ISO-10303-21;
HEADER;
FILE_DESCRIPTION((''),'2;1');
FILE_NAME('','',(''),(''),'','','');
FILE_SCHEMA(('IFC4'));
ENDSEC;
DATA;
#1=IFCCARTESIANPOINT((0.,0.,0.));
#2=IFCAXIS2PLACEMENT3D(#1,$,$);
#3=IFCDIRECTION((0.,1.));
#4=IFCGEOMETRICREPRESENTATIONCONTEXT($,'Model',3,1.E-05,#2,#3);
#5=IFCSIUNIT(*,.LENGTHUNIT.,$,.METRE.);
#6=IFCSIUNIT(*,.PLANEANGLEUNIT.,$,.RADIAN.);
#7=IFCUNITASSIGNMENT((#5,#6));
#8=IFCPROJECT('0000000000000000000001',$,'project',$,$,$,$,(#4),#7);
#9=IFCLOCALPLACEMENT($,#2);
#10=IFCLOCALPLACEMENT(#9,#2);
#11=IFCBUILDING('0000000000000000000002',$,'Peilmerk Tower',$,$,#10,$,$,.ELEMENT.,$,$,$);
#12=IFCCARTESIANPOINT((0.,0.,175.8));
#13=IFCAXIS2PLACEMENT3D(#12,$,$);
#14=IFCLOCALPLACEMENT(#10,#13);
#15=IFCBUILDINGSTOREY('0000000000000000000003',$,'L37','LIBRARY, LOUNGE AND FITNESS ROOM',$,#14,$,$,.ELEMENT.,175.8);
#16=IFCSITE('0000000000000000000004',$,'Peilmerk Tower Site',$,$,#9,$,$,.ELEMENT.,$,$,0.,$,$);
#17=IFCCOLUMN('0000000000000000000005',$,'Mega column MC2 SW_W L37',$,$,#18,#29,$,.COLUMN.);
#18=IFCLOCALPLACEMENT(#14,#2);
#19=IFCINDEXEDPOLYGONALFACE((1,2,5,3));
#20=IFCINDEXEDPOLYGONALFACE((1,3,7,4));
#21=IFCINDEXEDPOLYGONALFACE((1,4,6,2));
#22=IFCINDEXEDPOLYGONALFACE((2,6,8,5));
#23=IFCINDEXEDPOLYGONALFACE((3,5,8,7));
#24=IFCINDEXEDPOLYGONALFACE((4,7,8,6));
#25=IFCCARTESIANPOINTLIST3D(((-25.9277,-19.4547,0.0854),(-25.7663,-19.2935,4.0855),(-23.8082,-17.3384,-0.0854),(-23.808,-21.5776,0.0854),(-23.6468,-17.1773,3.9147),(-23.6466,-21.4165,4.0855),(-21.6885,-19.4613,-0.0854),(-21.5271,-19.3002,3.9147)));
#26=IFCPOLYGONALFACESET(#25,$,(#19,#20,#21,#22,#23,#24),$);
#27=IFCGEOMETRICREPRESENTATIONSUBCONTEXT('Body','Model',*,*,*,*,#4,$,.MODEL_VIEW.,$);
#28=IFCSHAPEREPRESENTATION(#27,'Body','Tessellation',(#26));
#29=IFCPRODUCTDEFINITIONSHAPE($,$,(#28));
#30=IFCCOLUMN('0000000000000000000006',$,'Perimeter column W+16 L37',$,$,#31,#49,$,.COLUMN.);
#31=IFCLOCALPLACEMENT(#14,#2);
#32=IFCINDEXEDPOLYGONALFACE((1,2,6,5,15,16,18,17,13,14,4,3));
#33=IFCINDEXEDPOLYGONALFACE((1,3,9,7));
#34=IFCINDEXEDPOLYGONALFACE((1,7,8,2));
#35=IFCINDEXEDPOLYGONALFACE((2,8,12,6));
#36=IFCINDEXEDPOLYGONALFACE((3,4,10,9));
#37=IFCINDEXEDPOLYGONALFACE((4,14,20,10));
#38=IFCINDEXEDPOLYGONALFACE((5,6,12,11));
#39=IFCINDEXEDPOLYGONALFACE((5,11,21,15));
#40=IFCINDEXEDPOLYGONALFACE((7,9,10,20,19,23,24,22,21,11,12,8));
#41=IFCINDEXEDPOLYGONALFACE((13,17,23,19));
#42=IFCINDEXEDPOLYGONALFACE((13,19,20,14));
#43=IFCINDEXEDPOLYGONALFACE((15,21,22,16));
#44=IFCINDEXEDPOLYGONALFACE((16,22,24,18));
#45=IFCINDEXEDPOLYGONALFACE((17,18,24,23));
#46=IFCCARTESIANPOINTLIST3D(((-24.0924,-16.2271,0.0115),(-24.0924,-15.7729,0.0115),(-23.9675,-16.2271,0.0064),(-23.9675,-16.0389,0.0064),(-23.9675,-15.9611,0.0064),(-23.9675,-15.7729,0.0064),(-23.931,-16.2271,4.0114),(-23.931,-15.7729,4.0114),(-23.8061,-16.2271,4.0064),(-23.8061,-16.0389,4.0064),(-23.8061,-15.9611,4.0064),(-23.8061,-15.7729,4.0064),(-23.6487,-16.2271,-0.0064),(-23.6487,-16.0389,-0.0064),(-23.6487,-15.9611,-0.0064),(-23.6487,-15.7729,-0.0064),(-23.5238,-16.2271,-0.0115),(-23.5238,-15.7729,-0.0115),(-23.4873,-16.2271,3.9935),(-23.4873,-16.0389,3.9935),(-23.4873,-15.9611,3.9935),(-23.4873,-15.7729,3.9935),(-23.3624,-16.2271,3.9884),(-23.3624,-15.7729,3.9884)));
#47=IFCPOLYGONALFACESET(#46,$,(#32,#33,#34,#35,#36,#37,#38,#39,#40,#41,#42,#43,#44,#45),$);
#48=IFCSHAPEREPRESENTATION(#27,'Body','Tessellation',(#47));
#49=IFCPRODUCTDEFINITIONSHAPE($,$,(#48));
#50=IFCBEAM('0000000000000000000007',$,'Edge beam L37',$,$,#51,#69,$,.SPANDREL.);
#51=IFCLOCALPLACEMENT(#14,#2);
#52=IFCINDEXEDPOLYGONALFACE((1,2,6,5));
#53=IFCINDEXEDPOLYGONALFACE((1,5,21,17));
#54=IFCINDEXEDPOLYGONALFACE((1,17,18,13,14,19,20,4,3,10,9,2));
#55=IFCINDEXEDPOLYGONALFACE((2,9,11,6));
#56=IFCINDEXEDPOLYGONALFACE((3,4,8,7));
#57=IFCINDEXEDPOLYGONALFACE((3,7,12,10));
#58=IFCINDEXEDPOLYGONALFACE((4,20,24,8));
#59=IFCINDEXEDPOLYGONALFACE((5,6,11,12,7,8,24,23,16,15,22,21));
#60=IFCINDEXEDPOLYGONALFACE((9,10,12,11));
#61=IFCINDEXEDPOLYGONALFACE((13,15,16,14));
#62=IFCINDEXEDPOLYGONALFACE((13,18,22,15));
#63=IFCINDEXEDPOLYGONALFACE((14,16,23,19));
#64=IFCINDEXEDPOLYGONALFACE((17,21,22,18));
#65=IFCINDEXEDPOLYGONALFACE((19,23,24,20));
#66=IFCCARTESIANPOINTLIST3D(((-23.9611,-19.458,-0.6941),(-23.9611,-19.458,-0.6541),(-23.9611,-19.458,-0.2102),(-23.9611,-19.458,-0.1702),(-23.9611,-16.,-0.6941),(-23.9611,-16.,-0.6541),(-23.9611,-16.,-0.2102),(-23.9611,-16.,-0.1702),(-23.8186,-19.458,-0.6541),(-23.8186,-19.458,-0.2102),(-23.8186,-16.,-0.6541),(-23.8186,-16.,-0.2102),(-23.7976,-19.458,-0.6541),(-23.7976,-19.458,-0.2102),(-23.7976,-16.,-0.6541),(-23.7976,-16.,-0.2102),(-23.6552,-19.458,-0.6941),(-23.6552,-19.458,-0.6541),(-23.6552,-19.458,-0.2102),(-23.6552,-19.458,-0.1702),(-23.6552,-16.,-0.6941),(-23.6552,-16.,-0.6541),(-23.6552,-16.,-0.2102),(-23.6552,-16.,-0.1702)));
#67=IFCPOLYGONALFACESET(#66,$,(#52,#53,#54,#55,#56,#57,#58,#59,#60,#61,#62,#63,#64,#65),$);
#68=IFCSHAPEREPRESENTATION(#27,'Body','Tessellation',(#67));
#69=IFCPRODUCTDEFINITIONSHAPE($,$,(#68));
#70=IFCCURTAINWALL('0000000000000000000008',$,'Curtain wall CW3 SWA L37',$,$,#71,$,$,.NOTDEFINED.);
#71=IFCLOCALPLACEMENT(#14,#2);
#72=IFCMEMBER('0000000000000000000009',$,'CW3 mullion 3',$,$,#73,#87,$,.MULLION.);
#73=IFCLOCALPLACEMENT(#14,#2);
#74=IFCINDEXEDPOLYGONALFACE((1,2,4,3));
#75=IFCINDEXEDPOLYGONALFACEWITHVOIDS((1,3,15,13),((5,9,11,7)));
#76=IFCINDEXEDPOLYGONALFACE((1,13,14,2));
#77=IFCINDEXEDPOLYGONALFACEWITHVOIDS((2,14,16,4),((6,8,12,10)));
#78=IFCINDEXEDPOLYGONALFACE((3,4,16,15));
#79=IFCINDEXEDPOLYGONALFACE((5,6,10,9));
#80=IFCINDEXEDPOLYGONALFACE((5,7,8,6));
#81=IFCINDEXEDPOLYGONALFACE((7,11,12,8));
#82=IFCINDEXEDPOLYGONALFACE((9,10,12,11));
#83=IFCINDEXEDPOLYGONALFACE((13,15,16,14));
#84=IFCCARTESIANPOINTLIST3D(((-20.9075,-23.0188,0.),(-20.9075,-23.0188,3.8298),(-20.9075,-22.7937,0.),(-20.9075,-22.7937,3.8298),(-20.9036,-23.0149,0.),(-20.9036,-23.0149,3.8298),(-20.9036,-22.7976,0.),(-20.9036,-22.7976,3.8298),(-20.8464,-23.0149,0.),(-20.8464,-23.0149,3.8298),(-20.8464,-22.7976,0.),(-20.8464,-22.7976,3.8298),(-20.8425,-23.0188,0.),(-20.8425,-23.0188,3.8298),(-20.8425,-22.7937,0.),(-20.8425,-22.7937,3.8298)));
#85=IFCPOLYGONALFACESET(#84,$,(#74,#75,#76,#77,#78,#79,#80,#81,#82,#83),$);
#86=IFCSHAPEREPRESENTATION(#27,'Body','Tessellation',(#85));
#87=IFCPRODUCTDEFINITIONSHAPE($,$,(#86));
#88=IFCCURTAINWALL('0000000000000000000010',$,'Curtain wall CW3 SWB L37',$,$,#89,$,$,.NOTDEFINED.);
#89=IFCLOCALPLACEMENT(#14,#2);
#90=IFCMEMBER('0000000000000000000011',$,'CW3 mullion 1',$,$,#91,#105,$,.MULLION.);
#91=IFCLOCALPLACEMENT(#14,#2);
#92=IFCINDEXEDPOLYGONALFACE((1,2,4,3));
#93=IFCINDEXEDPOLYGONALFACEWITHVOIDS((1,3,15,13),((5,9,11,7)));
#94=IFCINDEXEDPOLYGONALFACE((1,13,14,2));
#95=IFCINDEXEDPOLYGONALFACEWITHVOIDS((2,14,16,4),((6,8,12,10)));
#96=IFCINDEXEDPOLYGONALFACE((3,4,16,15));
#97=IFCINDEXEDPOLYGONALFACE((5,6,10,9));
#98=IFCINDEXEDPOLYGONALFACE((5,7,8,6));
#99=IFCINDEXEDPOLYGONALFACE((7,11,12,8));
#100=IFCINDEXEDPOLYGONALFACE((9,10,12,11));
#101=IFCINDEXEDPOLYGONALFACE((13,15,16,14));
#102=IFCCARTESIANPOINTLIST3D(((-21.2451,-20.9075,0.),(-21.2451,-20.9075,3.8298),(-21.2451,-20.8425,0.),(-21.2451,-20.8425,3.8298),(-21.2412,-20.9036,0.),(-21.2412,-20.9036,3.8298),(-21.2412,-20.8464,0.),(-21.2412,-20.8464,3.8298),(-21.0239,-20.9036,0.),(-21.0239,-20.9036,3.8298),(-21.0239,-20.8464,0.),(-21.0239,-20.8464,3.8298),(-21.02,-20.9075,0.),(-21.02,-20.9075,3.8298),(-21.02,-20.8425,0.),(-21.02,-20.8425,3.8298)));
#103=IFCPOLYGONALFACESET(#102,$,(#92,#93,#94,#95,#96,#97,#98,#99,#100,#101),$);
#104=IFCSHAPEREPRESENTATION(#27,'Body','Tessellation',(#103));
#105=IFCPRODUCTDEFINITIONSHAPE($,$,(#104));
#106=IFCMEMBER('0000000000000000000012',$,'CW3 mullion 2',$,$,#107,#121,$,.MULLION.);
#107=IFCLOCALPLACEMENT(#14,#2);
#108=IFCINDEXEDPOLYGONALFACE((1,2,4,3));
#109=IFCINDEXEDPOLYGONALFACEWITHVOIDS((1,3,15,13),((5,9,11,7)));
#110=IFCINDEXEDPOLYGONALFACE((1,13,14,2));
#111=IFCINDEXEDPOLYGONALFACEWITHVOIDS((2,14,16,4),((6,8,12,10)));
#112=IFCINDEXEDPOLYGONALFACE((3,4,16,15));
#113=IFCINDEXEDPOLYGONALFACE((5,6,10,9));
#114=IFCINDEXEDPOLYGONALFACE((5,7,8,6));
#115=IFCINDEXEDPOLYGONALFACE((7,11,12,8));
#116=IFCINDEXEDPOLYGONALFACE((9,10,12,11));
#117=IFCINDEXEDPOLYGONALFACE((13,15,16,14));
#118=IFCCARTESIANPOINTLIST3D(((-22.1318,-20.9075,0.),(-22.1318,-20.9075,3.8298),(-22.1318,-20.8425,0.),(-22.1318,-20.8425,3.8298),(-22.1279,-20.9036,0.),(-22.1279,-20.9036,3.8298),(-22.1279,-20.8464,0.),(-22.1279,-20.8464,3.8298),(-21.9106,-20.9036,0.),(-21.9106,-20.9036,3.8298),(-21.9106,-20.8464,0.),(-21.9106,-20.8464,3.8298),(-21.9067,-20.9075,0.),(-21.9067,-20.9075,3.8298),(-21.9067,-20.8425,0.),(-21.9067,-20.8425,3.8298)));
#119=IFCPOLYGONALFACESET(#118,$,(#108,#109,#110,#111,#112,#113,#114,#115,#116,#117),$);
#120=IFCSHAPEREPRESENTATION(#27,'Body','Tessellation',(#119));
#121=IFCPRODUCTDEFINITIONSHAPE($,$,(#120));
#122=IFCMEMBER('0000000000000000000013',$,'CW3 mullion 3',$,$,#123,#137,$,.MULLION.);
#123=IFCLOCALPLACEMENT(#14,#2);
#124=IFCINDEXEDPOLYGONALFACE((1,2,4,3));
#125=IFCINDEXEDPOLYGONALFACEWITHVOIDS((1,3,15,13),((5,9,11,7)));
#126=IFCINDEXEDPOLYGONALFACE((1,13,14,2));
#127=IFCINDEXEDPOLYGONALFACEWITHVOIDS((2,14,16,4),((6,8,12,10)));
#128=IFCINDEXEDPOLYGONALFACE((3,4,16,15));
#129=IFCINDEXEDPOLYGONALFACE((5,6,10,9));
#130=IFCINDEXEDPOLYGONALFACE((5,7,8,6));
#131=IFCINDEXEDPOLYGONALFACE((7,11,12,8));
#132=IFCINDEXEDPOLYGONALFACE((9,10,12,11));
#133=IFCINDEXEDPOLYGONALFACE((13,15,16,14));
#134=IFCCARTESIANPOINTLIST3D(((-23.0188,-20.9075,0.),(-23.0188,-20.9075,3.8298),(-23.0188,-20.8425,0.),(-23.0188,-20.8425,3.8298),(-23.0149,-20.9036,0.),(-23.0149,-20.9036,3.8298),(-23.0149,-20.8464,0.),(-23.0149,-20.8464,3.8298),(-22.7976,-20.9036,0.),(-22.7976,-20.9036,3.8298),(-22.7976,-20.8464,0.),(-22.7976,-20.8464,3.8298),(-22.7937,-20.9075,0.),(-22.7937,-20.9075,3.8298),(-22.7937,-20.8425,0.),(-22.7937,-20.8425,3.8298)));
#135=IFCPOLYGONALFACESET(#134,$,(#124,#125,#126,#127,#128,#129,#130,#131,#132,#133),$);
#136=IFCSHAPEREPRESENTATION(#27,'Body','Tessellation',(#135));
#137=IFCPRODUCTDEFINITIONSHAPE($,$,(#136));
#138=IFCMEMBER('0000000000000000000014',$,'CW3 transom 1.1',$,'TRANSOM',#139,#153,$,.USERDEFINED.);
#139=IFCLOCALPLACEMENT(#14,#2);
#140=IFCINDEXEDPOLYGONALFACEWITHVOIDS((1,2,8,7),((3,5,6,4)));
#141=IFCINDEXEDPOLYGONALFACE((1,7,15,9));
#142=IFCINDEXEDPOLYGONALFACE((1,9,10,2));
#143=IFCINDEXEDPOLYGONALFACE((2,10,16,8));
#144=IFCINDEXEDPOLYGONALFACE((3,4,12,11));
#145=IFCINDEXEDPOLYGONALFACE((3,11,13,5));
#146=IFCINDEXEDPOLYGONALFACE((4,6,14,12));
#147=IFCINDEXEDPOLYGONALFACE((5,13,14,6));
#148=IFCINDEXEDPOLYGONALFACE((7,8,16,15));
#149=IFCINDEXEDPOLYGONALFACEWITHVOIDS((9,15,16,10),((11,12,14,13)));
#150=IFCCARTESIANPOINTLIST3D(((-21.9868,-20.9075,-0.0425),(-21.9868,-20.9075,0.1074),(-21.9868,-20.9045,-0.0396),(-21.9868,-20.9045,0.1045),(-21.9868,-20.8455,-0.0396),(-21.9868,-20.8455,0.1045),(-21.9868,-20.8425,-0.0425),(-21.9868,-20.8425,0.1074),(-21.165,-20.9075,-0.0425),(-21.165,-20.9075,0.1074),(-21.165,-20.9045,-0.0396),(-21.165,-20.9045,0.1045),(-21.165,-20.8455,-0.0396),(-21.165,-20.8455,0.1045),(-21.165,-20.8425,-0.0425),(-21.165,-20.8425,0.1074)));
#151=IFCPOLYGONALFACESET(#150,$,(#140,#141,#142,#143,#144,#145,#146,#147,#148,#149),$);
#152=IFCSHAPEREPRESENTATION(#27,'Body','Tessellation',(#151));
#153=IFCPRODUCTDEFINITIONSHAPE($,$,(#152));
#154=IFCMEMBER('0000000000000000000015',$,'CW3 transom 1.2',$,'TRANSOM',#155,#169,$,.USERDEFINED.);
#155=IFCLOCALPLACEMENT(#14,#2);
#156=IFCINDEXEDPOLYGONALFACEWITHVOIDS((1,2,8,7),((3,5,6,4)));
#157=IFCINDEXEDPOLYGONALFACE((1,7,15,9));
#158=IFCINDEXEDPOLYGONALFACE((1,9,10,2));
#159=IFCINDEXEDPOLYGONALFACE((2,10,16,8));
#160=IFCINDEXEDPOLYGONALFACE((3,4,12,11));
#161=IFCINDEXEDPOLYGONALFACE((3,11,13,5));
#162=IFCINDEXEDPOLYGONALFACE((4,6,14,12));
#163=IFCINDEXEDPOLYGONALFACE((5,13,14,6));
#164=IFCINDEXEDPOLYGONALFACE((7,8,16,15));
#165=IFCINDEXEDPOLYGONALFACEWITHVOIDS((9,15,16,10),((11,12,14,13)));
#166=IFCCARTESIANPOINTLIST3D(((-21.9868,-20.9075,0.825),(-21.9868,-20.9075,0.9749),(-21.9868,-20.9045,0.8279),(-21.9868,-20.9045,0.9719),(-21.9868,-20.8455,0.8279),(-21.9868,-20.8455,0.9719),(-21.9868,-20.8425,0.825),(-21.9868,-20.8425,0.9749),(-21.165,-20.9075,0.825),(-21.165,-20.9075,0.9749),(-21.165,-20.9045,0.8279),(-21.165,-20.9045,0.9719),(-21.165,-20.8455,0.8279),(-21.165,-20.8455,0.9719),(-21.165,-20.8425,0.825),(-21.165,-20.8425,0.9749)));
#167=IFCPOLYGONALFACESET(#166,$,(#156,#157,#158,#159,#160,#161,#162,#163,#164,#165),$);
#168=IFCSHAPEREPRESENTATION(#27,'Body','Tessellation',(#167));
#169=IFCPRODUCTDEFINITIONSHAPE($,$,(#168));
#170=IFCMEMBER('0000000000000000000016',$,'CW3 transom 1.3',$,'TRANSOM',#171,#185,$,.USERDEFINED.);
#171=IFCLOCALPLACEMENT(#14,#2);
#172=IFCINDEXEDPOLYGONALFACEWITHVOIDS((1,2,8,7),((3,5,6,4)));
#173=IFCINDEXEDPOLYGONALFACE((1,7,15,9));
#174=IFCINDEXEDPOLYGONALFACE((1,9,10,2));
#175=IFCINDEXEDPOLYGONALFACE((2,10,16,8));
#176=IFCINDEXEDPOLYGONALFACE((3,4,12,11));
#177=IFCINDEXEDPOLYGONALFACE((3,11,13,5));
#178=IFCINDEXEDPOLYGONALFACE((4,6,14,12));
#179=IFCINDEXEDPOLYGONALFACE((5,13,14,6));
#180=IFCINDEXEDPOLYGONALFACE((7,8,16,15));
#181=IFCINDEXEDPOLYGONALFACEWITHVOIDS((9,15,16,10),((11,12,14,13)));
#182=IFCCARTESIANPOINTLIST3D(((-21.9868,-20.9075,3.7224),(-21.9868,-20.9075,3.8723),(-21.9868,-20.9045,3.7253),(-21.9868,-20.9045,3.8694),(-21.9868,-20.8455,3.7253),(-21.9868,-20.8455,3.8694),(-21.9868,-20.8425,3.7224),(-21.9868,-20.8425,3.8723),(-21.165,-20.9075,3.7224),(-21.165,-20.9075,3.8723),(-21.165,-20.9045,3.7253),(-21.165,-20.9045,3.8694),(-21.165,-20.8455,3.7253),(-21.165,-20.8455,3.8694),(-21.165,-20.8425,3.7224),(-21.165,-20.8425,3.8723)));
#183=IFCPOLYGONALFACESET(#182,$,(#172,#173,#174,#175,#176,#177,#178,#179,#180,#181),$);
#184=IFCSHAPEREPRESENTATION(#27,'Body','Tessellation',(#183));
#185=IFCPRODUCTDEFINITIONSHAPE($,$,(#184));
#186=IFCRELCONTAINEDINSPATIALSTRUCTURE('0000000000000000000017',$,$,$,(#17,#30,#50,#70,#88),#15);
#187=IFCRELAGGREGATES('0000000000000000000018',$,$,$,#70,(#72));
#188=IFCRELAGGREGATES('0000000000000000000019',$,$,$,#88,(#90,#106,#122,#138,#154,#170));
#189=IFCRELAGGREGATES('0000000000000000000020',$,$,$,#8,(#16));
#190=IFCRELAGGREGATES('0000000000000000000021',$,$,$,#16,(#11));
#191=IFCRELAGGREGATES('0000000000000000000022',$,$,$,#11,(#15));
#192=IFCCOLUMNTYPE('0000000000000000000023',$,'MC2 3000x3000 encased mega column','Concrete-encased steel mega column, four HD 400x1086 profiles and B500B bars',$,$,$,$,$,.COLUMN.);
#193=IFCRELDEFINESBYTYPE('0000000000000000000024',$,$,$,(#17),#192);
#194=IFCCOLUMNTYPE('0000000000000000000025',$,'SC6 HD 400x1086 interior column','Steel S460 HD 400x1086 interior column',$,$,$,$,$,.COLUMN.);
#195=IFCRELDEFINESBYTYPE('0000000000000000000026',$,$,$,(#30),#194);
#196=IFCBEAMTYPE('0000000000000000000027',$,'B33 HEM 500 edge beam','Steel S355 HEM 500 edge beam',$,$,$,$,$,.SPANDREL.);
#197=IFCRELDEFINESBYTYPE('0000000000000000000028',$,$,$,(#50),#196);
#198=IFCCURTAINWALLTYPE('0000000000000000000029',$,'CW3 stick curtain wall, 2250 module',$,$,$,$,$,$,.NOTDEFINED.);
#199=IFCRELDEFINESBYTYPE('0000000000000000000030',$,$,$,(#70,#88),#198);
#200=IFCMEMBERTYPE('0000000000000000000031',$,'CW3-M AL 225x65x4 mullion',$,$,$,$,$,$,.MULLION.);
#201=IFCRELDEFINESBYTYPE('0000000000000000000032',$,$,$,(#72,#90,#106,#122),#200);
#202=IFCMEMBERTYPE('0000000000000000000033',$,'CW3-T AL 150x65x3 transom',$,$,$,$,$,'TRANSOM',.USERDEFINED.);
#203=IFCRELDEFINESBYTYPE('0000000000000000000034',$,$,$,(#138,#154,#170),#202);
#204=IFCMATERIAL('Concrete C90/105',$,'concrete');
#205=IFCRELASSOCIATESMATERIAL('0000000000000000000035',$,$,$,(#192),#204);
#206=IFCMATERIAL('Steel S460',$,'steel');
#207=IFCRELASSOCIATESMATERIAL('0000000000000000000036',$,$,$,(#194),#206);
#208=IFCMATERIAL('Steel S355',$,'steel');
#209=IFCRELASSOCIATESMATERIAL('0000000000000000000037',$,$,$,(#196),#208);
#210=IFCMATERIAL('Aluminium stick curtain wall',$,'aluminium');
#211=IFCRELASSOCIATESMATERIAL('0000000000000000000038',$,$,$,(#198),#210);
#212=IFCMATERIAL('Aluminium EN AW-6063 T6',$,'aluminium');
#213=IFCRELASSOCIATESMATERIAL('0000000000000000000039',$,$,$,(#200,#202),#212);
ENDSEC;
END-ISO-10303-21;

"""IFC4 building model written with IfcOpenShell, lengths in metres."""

from ifc_helpers import new_model, si_unit, direction, frame, origin, origin_2d, place, context, subcontext, project, spatial, rectangle, hollow_rectangle, i_section, extrude, material, material_profile, profile_set, type_object, element, aggregate, save


model = new_model("IFC4")

# Units and contexts
model_context = context("Model", 3, precision=1e-05, world=origin(), true_north=direction((0.0, 1.0)))
body_context = subcontext(model_context, "Body", "Model", "MODEL_VIEW")
ifc_project = project(units=[si_unit("LENGTHUNIT", "METRE"), si_unit("PLANEANGLEUNIT", "RADIAN")], contexts=[model_context])

# Site, building, storey
site_placement = place(None, origin())
site = spatial("IfcSite", under=ifc_project, at=site_placement, Name="Peilmerk Tower Site", CompositionType="ELEMENT", RefElevation=0.0)
building_placement = place(site_placement, origin())
building = spatial("IfcBuilding", under=site, at=building_placement, Name="Peilmerk Tower", CompositionType="ELEMENT")
storey_placement = place(building_placement, frame((0.0, 0.0, 175.8)))
storey = spatial("IfcBuildingStorey", under=building, at=storey_placement, Name="L37", Description="LIBRARY, LOUNGE AND FITNESS ROOM", CompositionType="ELEMENT", Elevation=175.8)

# Columns
ifc_material_1 = material(Name="Concrete C90/105", Category="concrete")
ifc_material_profile_1 = material_profile(ifc_material_1, rectangle(XDim=3.0, YDim=3.0, at=origin_2d()), Name="RC 3000x3000")
ifc_profile_set_1 = profile_set([ifc_material_profile_1], Name="Concrete C90/105")
column_type_1 = type_object("IfcColumnType", Name="MC2 3000x3000 encased mega column", Description="Concrete-encased steel mega column, four HD 400x1086 profiles and B500B bars", PredefinedType="COLUMN", material=ifc_profile_set_1)
column_1_placement = place(storey_placement, frame((-23.8081, -19.458, 0.0), z_axis=(0.040279, 0.040218, 0.998379), x_axis=(-0.706571, 0.707642, 0.0)))
element("IfcColumn", 1, at=column_1_placement, inside=storey, type_object=column_type_1, Name="Mega column MC2 SW_W L37", PredefinedType="COLUMN", context=body_context, shape_type="SweptSolid", body=[
    extrude(rectangle(XDim=3.0, YDim=3.0, at=origin_2d()), origin(), (0.0, 0.0, 1.0), 4.0066),
])
ifc_material_2 = material(Name="Steel S460", Category="steel")
ifc_material_profile_2 = material_profile(ifc_material_2, i_section(OverallWidth=0.4541, OverallDepth=0.5691, WebThickness=0.0779, FlangeThickness=0.125, at=origin_2d()), Name="HD 400x1086")
ifc_profile_set_2 = profile_set([ifc_material_profile_2], Name="Steel S460")
column_type_2 = type_object("IfcColumnType", Name="SC6 HD 400x1086 interior column", Description="Steel S460 HD 400x1086 interior column", PredefinedType="COLUMN", material=ifc_profile_set_2)
column_2_placement = place(storey_placement, frame((-23.8081, -16.0, 0.0), z_axis=(0.040311, 0.0, 0.999187), x_axis=(0.0, 1.0, 0.0)))
element("IfcColumn", 2, at=column_2_placement, inside=storey, type_object=column_type_2, Name="Perimeter column W+16 L37", PredefinedType="COLUMN", context=body_context, shape_type="SweptSolid", body=[
    extrude(i_section(OverallWidth=0.4541, OverallDepth=0.5691, WebThickness=0.0779, FlangeThickness=0.125, at=origin_2d()), origin(), (0.0, 0.0, 1.0), 4.0032),
])

# Beam
ifc_material_3 = material(Name="Steel S355", Category="steel")
ifc_material_profile_3 = material_profile(ifc_material_3, i_section(OverallWidth=0.3059, OverallDepth=0.5239, WebThickness=0.021, FlangeThickness=0.04, at=origin_2d()), Name="HEM 500")
ifc_profile_set_3 = profile_set([ifc_material_profile_3], Name="Steel S355")
beam_type = type_object("IfcBeamType", Name="B33 HEM 500 edge beam", Description="Steel S355 HEM 500 edge beam", PredefinedType="SPANDREL", material=ifc_profile_set_3)
beam_placement = place(storey_placement, frame((-23.8081, -16.0, -0.4321), z_axis=(0.0, -1.0, 0.0), x_axis=(1.0, 0.0, 0.0)))
element("IfcBeam", 3, at=beam_placement, inside=storey, type_object=beam_type, Name="Edge beam L37", PredefinedType="SPANDREL", context=body_context, shape_type="SweptSolid", body=[
    extrude(i_section(OverallWidth=0.3059, OverallDepth=0.5239, WebThickness=0.021, FlangeThickness=0.04, at=origin_2d()), origin(), (0.0, 0.0, 1.0), 3.458),
])

# Curtain wall, member
ifc_material_4 = material(Name="Aluminium stick curtain wall", Category="aluminium")
curtain_wall_type = type_object("IfcCurtainWallType", Name="CW3 stick curtain wall, 2250 module", PredefinedType="NOTDEFINED", material=ifc_material_4)
curtain_wall_1_placement = place(storey_placement, origin())
curtain_wall_1 = element("IfcCurtainWall", 4, at=curtain_wall_1_placement, inside=storey, type_object=curtain_wall_type, Name="Curtain wall CW3 SWA L37", PredefinedType="NOTDEFINED")
ifc_material_5 = material(Name="Aluminium EN AW-6063 T6", Category="aluminium")
ifc_material_profile_4 = material_profile(ifc_material_5, hollow_rectangle(XDim=0.0649, YDim=0.2251, WallThickness=0.0039, at=origin_2d()), Name="AL 225x65x4")
ifc_profile_set_4 = profile_set([ifc_material_profile_4], Name="Aluminium EN AW-6063 T6")
member_type_1 = type_object("IfcMemberType", Name="CW3-M AL 225x65x4 mullion", PredefinedType="MULLION", material=ifc_profile_set_4)
member_1_placement = place(storey_placement, frame((-20.875, -22.9062, 0.0), z_axis=(0.0, 0.0, 1.0), x_axis=(1.0, 0.0, 0.0)))
member_1 = element("IfcMember", 5, at=member_1_placement, type_object=member_type_1, Name="CW3 mullion 3", PredefinedType="MULLION", context=body_context, shape_type="SweptSolid", body=[
    extrude(hollow_rectangle(XDim=0.0649, YDim=0.2251, WallThickness=0.0039, at=origin_2d()), origin(), (0.0, 0.0, 1.0), 3.8298),
])

# Curtain wall, members
curtain_wall_2_placement = place(storey_placement, origin())
curtain_wall_2 = element("IfcCurtainWall", 6, at=curtain_wall_2_placement, inside=storey, type_object=curtain_wall_type, Name="Curtain wall CW3 SWB L37", PredefinedType="NOTDEFINED")
member_2_placement = place(storey_placement, frame((-21.1326, -20.875, 0.0), z_axis=(0.0, 0.0, 1.0), x_axis=(0.0, -1.0, 0.0)))
member_2 = element("IfcMember", 7, at=member_2_placement, type_object=member_type_1, Name="CW3 mullion 1", PredefinedType="MULLION", context=body_context, shape_type="SweptSolid", body=[
    extrude(hollow_rectangle(XDim=0.0649, YDim=0.2251, WallThickness=0.0039, at=origin_2d()), origin(), (0.0, 0.0, 1.0), 3.8298),
])
member_3_placement = place(storey_placement, frame((-22.0193, -20.875, 0.0), z_axis=(0.0, 0.0, 1.0), x_axis=(0.0, -1.0, 0.0)))
member_3 = element("IfcMember", 8, at=member_3_placement, type_object=member_type_1, Name="CW3 mullion 2", PredefinedType="MULLION", context=body_context, shape_type="SweptSolid", body=[
    extrude(hollow_rectangle(XDim=0.0649, YDim=0.2251, WallThickness=0.0039, at=origin_2d()), origin(), (0.0, 0.0, 1.0), 3.8298),
])
member_4_placement = place(storey_placement, frame((-22.9062, -20.875, 0.0), z_axis=(0.0, 0.0, 1.0), x_axis=(0.0, -1.0, 0.0)))
member_4 = element("IfcMember", 9, at=member_4_placement, type_object=member_type_1, Name="CW3 mullion 3", PredefinedType="MULLION", context=body_context, shape_type="SweptSolid", body=[
    extrude(hollow_rectangle(XDim=0.0649, YDim=0.2251, WallThickness=0.0039, at=origin_2d()), origin(), (0.0, 0.0, 1.0), 3.8298),
])
ifc_material_profile_5 = material_profile(ifc_material_5, hollow_rectangle(XDim=0.0649, YDim=0.1499, WallThickness=0.0029, at=origin_2d()), Name="AL 150x65x3")
ifc_profile_set_5 = profile_set([ifc_material_profile_5], Name="Aluminium EN AW-6063 T6")
member_type_2 = type_object("IfcMemberType", Name="CW3-T AL 150x65x3 transom", ElementType="TRANSOM", PredefinedType="USERDEFINED", material=ifc_profile_set_5)
member_5_placement = place(storey_placement, frame((-21.165, -20.875, 0.0325), z_axis=(-1.0, 0.0, 0.0), x_axis=(0.0, -1.0, 0.0)))
member_5 = element("IfcMember", 10, at=member_5_placement, type_object=member_type_2, Name="CW3 transom 1.1", ObjectType="TRANSOM", PredefinedType="USERDEFINED", context=body_context, shape_type="SweptSolid", body=[
    extrude(hollow_rectangle(XDim=0.0649, YDim=0.1499, WallThickness=0.0029, at=origin_2d()), origin(), (0.0, 0.0, 1.0), 0.8218),
])
member_6_placement = place(storey_placement, frame((-21.165, -20.875, 0.8999), z_axis=(-1.0, 0.0, 0.0), x_axis=(0.0, -1.0, 0.0)))
member_6 = element("IfcMember", 11, at=member_6_placement, type_object=member_type_2, Name="CW3 transom 1.2", ObjectType="TRANSOM", PredefinedType="USERDEFINED", context=body_context, shape_type="SweptSolid", body=[
    extrude(hollow_rectangle(XDim=0.0649, YDim=0.1499, WallThickness=0.0029, at=origin_2d()), origin(), (0.0, 0.0, 1.0), 0.8218),
])
member_7_placement = place(storey_placement, frame((-21.165, -20.875, 3.7974), z_axis=(-1.0, 0.0, 0.0), x_axis=(0.0, -1.0, 0.0)))
member_7 = element("IfcMember", 12, at=member_7_placement, type_object=member_type_2, Name="CW3 transom 1.3", ObjectType="TRANSOM", PredefinedType="USERDEFINED", context=body_context, shape_type="SweptSolid", body=[
    extrude(hollow_rectangle(XDim=0.0649, YDim=0.1499, WallThickness=0.0029, at=origin_2d()), origin(), (0.0, 0.0, 1.0), 0.8218),
])

aggregate(curtain_wall_1, [member_1])
aggregate(curtain_wall_2, [member_2, member_3, member_4, member_5, member_6, member_7])

save(model, "model.ifc")
